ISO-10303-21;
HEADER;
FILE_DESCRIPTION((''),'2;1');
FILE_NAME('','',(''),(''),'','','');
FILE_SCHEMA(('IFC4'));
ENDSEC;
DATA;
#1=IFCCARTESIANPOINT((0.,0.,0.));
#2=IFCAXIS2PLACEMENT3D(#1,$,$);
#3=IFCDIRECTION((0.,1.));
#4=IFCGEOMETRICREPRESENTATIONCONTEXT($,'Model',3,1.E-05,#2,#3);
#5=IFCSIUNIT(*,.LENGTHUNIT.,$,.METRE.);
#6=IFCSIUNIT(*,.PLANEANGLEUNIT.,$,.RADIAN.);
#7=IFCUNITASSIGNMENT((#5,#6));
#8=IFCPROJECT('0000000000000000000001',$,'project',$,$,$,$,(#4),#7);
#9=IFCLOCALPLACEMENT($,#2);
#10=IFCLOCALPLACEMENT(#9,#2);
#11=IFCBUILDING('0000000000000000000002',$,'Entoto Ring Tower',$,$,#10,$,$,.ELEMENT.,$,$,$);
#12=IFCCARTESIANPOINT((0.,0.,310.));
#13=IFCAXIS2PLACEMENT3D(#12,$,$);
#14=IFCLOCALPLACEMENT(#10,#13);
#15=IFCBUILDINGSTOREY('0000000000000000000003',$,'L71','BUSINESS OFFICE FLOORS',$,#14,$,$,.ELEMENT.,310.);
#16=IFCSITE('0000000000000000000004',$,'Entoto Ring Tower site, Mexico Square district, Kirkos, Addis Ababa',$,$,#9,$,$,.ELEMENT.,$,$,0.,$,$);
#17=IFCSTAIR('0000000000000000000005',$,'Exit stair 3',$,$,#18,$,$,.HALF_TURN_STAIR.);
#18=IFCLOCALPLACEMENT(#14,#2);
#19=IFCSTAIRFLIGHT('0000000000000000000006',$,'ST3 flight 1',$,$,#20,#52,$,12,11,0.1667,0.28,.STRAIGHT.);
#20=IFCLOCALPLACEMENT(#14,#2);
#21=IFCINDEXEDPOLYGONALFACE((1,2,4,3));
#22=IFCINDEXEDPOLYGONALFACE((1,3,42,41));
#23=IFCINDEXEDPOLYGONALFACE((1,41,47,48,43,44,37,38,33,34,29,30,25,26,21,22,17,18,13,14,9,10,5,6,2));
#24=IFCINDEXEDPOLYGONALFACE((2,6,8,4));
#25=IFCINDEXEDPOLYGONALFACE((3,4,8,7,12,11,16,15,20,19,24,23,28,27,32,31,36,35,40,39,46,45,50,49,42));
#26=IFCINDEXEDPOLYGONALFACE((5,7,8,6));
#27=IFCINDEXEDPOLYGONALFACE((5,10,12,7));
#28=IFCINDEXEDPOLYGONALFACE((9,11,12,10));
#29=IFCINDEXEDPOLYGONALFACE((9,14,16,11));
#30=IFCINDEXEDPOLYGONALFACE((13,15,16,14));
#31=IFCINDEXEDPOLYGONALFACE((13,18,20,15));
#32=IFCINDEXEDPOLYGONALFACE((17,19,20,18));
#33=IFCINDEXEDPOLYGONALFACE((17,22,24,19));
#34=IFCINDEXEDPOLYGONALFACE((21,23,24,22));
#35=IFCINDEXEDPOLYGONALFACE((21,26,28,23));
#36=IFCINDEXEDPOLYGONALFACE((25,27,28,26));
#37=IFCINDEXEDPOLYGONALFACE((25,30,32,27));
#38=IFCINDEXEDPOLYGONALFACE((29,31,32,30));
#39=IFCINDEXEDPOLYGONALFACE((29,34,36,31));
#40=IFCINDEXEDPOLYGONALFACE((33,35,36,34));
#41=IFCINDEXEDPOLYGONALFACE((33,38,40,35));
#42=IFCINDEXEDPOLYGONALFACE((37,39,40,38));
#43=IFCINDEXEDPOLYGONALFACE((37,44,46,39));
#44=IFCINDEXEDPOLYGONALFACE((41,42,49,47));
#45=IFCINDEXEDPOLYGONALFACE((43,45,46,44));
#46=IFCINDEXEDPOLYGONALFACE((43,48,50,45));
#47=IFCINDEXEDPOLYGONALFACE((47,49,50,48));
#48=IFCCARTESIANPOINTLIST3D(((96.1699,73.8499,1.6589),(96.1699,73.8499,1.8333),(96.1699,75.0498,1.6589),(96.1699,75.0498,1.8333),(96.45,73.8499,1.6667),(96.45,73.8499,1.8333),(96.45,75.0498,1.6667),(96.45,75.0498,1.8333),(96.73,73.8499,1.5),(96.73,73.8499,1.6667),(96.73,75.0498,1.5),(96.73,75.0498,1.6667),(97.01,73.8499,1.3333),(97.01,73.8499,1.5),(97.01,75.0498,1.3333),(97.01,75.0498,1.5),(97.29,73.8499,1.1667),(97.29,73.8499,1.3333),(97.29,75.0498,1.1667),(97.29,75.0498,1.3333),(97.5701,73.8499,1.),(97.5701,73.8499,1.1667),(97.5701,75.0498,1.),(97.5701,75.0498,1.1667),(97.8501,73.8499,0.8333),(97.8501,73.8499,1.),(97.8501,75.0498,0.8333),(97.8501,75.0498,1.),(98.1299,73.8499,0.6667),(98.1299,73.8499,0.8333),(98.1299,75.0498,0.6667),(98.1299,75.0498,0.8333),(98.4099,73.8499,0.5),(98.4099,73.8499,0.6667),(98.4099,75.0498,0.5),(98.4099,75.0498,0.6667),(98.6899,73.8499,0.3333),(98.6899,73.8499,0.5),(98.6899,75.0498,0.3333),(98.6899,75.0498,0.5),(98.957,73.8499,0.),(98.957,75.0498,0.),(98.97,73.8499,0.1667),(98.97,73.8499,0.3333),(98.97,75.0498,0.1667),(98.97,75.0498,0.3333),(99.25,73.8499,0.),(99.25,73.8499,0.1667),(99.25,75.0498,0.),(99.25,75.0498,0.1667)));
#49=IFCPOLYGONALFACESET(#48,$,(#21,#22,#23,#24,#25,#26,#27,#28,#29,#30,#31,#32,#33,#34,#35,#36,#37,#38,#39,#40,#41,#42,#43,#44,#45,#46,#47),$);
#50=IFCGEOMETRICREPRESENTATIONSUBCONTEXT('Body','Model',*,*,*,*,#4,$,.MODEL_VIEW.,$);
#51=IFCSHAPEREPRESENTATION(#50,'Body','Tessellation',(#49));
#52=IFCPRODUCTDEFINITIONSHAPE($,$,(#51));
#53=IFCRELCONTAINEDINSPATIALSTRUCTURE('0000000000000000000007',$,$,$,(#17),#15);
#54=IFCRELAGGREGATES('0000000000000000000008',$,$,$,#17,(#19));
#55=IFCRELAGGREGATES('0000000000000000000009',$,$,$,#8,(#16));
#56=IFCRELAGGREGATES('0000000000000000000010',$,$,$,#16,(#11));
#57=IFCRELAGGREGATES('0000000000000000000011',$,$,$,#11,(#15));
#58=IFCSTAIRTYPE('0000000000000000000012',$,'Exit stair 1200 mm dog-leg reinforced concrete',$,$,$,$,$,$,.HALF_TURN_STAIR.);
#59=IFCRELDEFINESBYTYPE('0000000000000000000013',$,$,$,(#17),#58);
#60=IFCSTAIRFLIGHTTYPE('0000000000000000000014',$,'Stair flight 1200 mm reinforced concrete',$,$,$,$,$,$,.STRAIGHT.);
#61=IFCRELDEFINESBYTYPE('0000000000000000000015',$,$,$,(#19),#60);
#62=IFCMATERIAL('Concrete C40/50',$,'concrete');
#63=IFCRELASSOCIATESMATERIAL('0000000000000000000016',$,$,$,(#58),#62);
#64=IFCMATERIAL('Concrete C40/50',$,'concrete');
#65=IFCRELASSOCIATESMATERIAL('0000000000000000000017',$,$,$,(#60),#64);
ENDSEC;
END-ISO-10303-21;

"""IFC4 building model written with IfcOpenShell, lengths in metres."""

from ifc_helpers import new_model, si_unit, direction, frame, origin, place, context, subcontext, project, spatial, polyline, outline, extrude, material, type_object, element, aggregate, save


model = new_model("IFC4")

# Units and contexts
model_context = context("Model", 3, precision=1e-05, world=origin(), true_north=direction((0.0, 1.0)))
body_context = subcontext(model_context, "Body", "Model", "MODEL_VIEW")
ifc_project = project(units=[si_unit("LENGTHUNIT", "METRE"), si_unit("PLANEANGLEUNIT", "RADIAN")], contexts=[model_context])

# Site, building, storey
site_placement = place(None, origin())
site = spatial("IfcSite", under=ifc_project, at=site_placement, Name="Entoto Ring Tower site, Mexico Square district, Kirkos, Addis Ababa", CompositionType="ELEMENT", RefElevation=0.0)
building_placement = place(site_placement, origin())
building = spatial("IfcBuilding", under=site, at=building_placement, Name="Entoto Ring Tower", CompositionType="ELEMENT")
storey_placement = place(building_placement, frame((0.0, 0.0, 310.0)))
storey = spatial("IfcBuildingStorey", under=building, at=storey_placement, Name="L71", Description="BUSINESS OFFICE FLOORS", CompositionType="ELEMENT", Elevation=310.0)

# Stair, stair flight
ifc_material_1 = material(Name="Concrete C40/50", Category="concrete")
stair_type = type_object("IfcStairType", Name="Exit stair 1200 mm dog-leg reinforced concrete", PredefinedType="HALF_TURN_STAIR", material=ifc_material_1)
stair_placement = place(storey_placement, origin())
stair = element("IfcStair", 1, at=stair_placement, inside=storey, type_object=stair_type, Name="Exit stair 3", PredefinedType="HALF_TURN_STAIR")
ifc_material_2 = material(Name="Concrete C40/50", Category="concrete")
stair_flight_type = type_object("IfcStairFlightType", Name="Stair flight 1200 mm reinforced concrete", PredefinedType="STRAIGHT", material=ifc_material_2)
stair_flight_placement = place(storey_placement, frame((99.25, 74.45, 0.0), z_axis=(0.0, 0.0, 1.0), x_axis=(-1.0, 0.0, 0.0)))
stair_flight = element("IfcStairFlight", 2, at=stair_flight_placement, type_object=stair_flight_type, Name="ST3 flight 1", NumberOfRisers=12, NumberOfTreads=11, PredefinedType="STRAIGHT", RiserHeight=0.1667, TreadLength=0.28, context=body_context, shape_type="SweptSolid", body=[
    extrude(outline(polyline([(0.0, 0.0), (0.0, 0.1667), (0.28, 0.1667), (0.28, 0.3333), (0.5601, 0.3333), (0.5601, 0.5), (0.8401, 0.5), (0.8401, 0.6667), (1.1201, 0.6667), (1.1201, 0.8333), (1.3999, 0.8333), (1.3999, 1.0), (1.6799, 1.0), (1.6799, 1.1667), (1.96, 1.1667), (1.96, 1.3333), (2.24, 1.3333), (2.24, 1.5), (2.52, 1.5), (2.52, 1.6667), (2.8, 1.6667), (2.8, 1.8333), (3.0801, 1.8333), (3.0801, 2.0), (3.0801, 1.6589), (0.293, 0.0), (0.0, 0.0)])), frame((0.0, 0.6001, 0.0), z_axis=(0.0, -1.0, 0.0), x_axis=(1.0, 0.0, 0.0)), (0.0, 0.0, 1.0), 1.2),
])
aggregate(stair, [stair_flight])

save(model, "model.ifc")
